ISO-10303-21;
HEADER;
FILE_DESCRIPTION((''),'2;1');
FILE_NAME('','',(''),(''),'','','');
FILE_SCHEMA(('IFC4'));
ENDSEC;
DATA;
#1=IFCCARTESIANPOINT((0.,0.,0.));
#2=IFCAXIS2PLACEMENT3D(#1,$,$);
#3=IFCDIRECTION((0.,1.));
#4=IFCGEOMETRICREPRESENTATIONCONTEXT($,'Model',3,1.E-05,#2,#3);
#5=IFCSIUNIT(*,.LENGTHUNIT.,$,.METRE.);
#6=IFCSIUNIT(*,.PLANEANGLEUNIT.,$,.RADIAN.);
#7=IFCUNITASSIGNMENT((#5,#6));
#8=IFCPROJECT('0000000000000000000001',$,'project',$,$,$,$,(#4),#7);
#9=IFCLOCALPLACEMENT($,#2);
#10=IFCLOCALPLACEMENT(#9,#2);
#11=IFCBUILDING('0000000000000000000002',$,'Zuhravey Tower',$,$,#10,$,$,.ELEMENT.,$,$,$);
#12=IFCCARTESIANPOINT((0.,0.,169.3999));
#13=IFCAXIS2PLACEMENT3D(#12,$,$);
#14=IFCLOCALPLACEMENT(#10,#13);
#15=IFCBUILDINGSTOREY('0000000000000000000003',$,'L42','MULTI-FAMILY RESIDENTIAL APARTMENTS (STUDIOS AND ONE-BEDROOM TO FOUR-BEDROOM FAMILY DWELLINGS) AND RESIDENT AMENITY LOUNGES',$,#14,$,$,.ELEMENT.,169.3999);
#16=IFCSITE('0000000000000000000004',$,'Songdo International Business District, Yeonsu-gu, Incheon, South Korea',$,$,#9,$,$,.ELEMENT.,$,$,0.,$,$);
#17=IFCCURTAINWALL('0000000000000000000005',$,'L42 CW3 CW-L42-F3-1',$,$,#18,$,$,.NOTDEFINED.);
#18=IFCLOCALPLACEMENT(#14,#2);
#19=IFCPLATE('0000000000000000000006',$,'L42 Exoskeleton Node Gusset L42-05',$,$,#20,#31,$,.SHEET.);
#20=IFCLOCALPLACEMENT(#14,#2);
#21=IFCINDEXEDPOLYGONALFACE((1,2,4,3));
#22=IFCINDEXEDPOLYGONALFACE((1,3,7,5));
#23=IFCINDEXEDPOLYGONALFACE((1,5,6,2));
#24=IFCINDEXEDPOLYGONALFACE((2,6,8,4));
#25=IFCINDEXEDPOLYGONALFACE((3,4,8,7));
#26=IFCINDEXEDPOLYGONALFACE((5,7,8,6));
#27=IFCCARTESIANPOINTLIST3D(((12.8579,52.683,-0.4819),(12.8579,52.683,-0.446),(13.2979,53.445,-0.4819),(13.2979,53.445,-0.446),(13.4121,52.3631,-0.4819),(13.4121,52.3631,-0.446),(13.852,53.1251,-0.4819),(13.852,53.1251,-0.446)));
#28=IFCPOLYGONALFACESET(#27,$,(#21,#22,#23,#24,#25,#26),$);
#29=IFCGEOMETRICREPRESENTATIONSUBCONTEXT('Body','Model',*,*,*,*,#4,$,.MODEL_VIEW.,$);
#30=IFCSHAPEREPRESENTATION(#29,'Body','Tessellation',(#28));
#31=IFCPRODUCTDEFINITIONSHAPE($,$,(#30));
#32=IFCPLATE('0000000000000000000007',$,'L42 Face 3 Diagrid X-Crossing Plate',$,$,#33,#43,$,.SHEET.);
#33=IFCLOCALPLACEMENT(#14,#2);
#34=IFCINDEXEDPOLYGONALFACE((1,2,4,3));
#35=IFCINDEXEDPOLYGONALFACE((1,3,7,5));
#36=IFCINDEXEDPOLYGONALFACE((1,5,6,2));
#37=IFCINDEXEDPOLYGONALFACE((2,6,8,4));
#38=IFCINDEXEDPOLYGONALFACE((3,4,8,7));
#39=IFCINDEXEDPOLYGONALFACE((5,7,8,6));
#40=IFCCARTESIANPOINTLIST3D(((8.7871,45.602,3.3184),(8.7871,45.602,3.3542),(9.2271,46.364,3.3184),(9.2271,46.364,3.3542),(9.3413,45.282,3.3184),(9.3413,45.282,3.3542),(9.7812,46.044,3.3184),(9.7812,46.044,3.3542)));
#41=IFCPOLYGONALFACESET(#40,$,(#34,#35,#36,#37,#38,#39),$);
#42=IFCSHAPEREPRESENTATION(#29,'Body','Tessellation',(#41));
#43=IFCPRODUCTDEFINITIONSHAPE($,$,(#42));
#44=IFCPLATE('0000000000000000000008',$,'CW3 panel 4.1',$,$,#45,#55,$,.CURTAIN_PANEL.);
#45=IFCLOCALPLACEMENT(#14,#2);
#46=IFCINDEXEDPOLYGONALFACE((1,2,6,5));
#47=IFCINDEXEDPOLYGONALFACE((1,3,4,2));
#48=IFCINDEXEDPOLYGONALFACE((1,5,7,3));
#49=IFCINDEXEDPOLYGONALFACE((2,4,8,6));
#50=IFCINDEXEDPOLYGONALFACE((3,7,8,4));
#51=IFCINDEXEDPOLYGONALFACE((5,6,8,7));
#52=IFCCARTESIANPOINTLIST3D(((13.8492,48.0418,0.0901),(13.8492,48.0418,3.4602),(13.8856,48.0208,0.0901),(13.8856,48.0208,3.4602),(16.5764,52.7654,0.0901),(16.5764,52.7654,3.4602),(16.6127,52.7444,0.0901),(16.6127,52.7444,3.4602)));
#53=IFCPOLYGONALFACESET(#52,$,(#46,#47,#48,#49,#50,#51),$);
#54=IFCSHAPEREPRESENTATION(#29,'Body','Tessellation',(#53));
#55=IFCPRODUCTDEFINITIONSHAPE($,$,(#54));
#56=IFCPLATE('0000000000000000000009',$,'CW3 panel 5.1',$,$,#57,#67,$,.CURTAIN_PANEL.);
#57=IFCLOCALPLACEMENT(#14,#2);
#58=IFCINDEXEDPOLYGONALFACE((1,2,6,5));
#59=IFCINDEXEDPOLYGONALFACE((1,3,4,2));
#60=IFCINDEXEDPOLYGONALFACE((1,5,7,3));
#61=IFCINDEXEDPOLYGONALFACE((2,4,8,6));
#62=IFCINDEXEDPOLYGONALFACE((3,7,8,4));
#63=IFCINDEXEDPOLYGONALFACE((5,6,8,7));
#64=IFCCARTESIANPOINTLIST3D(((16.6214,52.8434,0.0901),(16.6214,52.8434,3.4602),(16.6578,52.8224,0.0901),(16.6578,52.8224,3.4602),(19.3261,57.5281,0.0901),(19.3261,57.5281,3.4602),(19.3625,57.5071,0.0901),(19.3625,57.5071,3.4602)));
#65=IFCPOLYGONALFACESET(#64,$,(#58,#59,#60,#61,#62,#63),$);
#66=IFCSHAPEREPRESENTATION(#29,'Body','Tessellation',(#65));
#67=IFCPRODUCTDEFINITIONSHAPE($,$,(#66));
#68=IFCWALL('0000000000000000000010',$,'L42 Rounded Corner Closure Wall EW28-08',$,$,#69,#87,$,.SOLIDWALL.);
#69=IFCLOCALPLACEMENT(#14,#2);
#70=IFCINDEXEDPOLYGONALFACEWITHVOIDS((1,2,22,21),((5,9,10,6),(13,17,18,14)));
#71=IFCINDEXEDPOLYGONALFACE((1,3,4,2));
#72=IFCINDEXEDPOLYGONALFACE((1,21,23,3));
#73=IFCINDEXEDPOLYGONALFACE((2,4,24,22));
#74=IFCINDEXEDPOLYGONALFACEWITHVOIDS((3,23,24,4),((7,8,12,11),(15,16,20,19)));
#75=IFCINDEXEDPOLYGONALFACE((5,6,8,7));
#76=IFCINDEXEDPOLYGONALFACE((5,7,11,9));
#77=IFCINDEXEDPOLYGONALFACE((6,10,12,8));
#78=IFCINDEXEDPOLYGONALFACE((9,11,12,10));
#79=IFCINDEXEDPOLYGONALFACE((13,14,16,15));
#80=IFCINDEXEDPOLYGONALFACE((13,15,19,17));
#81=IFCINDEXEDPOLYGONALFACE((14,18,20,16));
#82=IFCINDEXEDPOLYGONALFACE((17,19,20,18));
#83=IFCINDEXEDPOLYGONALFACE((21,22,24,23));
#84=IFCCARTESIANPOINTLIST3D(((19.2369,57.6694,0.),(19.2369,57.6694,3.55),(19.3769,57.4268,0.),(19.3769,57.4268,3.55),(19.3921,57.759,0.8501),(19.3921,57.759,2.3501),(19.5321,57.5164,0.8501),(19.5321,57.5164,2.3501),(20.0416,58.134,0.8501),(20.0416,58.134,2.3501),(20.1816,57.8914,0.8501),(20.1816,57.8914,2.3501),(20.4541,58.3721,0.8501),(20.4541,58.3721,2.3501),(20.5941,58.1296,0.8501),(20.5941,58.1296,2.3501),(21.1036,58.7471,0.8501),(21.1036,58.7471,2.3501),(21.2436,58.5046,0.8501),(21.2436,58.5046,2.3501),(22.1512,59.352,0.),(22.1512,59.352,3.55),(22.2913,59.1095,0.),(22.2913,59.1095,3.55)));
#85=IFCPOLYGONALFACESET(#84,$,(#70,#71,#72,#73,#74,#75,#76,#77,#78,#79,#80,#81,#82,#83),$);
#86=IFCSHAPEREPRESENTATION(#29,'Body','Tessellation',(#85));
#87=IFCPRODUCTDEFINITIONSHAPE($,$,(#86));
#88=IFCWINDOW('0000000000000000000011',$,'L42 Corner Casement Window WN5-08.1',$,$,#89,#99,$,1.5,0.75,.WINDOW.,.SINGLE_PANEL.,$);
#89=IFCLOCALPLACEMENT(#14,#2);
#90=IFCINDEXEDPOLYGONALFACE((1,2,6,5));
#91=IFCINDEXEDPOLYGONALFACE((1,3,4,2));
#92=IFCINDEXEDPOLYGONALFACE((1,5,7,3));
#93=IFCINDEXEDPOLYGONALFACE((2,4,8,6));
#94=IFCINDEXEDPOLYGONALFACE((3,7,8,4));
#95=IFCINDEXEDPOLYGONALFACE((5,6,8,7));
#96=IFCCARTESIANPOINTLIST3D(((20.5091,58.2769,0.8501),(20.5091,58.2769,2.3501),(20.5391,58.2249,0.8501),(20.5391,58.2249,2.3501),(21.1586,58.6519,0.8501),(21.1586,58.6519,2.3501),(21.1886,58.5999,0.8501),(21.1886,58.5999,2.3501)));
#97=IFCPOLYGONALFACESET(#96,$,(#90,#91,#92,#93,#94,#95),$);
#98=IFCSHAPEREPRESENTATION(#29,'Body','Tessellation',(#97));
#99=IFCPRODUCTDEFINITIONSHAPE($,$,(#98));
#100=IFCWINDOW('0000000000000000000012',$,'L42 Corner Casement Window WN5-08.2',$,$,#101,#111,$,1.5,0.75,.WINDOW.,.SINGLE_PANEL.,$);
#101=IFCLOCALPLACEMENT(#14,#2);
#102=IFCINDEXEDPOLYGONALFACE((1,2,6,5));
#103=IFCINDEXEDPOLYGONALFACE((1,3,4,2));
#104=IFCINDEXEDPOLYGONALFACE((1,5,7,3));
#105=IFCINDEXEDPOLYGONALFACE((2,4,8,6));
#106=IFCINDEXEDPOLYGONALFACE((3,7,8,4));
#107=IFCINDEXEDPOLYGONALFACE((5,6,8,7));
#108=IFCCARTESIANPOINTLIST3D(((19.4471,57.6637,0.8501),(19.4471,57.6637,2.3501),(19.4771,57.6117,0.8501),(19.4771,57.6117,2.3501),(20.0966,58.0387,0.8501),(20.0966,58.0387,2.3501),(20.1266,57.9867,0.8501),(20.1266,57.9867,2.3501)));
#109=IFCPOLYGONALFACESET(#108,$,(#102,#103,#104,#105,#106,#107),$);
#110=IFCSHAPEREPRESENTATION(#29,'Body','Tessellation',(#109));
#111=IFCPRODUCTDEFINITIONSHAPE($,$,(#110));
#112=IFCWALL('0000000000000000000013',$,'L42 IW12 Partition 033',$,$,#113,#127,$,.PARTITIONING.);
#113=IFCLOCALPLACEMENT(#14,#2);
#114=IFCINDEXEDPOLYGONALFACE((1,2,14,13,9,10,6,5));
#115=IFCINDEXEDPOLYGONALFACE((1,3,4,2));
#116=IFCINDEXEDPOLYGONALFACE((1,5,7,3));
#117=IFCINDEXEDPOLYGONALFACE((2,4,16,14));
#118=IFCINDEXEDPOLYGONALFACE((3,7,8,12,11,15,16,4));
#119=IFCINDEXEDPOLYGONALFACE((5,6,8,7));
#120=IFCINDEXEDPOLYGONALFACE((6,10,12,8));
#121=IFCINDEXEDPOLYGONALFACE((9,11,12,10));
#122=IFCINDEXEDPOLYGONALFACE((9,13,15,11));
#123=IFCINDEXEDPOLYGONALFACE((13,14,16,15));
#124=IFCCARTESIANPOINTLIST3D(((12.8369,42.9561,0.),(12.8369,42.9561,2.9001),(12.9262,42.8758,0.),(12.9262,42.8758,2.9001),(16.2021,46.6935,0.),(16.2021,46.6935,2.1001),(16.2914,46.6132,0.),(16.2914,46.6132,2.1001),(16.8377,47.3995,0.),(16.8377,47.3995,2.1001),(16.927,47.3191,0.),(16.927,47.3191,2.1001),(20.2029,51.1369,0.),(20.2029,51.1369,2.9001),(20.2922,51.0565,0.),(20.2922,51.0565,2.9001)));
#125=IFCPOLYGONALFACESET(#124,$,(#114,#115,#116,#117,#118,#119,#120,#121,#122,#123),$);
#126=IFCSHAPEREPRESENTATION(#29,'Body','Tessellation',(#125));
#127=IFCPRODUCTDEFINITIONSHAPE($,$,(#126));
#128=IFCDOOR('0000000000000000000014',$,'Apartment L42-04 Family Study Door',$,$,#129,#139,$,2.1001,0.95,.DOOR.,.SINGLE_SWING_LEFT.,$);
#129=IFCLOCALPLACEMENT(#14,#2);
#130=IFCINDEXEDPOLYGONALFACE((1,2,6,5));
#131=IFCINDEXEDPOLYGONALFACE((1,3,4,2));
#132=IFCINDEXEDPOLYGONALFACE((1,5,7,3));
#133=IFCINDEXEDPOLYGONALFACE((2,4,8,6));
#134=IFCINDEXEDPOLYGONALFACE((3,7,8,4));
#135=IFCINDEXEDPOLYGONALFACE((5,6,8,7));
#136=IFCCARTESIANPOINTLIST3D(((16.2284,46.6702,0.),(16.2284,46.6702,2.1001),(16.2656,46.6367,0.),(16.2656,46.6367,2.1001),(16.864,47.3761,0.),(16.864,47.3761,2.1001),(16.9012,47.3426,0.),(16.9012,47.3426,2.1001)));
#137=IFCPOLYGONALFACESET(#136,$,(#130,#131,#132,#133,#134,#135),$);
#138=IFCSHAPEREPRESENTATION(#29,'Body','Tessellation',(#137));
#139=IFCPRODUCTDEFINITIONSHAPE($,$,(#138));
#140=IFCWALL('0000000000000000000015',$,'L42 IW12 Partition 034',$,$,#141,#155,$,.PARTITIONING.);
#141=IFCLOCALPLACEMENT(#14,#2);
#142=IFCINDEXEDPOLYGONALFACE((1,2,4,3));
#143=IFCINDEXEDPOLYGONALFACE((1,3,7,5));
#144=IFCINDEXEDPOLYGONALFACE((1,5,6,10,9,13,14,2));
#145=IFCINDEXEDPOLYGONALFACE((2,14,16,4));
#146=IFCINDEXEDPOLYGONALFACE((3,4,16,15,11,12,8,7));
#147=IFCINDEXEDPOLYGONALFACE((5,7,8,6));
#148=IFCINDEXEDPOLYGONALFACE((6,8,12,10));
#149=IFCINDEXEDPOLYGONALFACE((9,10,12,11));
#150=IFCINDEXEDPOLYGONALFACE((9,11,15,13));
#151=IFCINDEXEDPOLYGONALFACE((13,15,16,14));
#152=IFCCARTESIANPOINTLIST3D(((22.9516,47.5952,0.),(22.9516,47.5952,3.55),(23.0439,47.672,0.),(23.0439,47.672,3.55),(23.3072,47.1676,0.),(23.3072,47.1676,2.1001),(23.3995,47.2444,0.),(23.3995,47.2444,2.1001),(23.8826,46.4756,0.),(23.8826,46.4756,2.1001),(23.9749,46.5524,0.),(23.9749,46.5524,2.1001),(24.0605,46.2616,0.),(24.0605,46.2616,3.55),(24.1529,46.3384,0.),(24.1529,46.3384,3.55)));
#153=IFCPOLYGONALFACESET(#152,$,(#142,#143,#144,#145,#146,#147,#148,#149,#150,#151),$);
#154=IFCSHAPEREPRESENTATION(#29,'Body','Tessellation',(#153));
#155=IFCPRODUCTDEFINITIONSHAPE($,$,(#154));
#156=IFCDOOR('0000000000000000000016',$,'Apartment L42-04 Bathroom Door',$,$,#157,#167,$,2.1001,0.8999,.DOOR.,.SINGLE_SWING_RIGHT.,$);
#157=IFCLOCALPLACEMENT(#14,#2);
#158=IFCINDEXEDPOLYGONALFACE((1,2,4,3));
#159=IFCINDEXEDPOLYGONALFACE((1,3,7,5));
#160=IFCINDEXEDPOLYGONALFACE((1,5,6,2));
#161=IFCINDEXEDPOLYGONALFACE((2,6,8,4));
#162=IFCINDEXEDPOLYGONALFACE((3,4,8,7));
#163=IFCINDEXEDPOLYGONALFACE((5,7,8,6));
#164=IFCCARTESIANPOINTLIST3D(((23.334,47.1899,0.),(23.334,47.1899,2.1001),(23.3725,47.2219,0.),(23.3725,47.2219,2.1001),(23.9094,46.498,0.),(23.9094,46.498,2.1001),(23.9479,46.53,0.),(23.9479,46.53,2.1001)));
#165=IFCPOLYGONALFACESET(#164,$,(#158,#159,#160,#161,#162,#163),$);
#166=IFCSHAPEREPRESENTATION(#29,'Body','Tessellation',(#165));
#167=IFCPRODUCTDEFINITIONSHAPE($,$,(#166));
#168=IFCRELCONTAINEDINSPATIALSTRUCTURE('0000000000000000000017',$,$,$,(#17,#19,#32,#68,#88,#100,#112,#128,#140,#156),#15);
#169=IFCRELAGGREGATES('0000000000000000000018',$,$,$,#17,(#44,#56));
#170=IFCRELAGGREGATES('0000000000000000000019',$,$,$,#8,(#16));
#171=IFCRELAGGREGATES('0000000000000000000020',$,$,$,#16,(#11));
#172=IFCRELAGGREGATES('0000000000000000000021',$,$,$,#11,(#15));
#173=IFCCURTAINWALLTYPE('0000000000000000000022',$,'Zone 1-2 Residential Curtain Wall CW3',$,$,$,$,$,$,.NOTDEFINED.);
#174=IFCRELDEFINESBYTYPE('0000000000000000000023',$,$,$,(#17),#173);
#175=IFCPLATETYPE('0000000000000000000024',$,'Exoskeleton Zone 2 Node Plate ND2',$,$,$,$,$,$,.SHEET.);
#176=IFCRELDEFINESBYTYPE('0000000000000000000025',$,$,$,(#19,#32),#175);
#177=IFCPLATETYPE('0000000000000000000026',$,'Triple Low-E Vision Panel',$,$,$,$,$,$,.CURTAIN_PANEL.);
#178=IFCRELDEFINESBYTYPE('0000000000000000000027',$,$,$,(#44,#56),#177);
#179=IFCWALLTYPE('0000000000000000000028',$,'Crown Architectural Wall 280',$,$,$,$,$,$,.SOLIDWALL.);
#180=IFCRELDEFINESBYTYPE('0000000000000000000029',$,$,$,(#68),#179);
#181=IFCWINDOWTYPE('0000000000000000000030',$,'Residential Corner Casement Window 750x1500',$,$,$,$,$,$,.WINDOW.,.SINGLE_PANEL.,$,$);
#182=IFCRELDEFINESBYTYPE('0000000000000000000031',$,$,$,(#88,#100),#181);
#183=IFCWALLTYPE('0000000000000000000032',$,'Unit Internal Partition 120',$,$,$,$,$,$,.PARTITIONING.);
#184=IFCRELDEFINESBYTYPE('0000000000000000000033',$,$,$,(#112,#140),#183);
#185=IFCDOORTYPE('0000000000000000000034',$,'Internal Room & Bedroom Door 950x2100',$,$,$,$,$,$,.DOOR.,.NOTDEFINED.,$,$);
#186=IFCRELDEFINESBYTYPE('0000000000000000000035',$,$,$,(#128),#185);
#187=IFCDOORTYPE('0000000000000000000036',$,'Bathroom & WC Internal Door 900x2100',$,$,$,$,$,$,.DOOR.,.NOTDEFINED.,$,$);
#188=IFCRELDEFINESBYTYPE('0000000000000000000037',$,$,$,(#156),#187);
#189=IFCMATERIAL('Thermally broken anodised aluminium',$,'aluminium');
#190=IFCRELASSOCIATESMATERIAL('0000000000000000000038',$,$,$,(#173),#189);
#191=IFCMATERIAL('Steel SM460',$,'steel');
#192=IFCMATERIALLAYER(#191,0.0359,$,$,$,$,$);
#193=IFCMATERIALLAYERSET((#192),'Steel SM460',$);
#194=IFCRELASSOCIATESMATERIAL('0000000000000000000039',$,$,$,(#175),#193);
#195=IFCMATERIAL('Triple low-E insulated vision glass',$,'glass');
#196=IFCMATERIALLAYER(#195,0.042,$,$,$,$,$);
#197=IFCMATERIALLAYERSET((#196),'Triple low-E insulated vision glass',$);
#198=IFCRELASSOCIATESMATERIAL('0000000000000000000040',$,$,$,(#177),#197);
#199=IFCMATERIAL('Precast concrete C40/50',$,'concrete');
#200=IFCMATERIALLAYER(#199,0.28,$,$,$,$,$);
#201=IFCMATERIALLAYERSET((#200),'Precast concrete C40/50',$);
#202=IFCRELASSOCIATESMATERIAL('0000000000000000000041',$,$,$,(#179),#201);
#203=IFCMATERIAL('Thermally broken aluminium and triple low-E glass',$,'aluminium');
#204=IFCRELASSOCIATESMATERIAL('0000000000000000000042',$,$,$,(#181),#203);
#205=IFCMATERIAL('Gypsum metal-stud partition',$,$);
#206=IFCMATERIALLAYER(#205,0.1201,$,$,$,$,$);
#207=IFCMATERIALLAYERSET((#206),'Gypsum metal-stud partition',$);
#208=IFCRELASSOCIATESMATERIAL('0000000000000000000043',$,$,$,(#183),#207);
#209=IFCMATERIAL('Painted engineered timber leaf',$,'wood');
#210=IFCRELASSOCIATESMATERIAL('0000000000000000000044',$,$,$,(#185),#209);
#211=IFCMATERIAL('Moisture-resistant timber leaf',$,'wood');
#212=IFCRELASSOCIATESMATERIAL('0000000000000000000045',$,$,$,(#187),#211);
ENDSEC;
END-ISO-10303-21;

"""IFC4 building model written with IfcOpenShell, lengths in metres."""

from ifc_helpers import new_model, si_unit, direction, frame, frame_2d, origin, origin_2d, place, context, subcontext, project, spatial, rectangle, extrude, material, layer, layer_set, type_object, element, fill, aggregate, save


model = new_model("IFC4")

# Units and contexts
model_context = context("Model", 3, precision=1e-05, world=origin(), true_north=direction((0.0, 1.0)))
body_context = subcontext(model_context, "Body", "Model", "MODEL_VIEW")
ifc_project = project(units=[si_unit("LENGTHUNIT", "METRE"), si_unit("PLANEANGLEUNIT", "RADIAN")], contexts=[model_context])

# Site, building, storey
site_placement = place(None, origin())
site = spatial("IfcSite", under=ifc_project, at=site_placement, Name="Songdo International Business District, Yeonsu-gu, Incheon, South Korea", CompositionType="ELEMENT", RefElevation=0.0)
building_placement = place(site_placement, origin())
building = spatial("IfcBuilding", under=site, at=building_placement, Name="Zuhravey Tower", CompositionType="ELEMENT")
storey_placement = place(building_placement, frame((0.0, 0.0, 169.3999)))
storey = spatial("IfcBuildingStorey", under=building, at=storey_placement, Name="L42", Description="MULTI-FAMILY RESIDENTIAL APARTMENTS (STUDIOS AND ONE-BEDROOM TO FOUR-BEDROOM FAMILY DWELLINGS) AND RESIDENT AMENITY LOUNGES", CompositionType="ELEMENT", Elevation=169.3999)

# Curtain wall
ifc_material_1 = material(Name="Thermally broken anodised aluminium", Category="aluminium")
curtain_wall_type = type_object("IfcCurtainWallType", Name="Zone 1-2 Residential Curtain Wall CW3", PredefinedType="NOTDEFINED", material=ifc_material_1)
curtain_wall_1_placement = place(storey_placement, origin())
curtain_wall_1 = element("IfcCurtainWall", 1, at=curtain_wall_1_placement, inside=storey, type_object=curtain_wall_type, Name="L42 CW3 CW-L42-F3-1", PredefinedType="NOTDEFINED")

# Shared definitions
ifc_material_2 = material(Name="Steel SM460", Category="steel")

# Plates
ifc_layer_1 = layer(ifc_material_2, 0.0359)
ifc_layer_set_1 = layer_set([ifc_layer_1], Name="Steel SM460")
plate_type_1 = type_object("IfcPlateType", Name="Exoskeleton Zone 2 Node Plate ND2", PredefinedType="SHEET", material=ifc_layer_set_1)
for number, where, z_axis, x_axis, name in (
    (2, (13.355, 52.9041, -0.4819), (0.0, 0.0, 1.0), (-0.5, -0.866025, 0.0), "L42 Exoskeleton Node Gusset L42-05"),
    (3, (9.2842, 45.823, 3.3184), (0.0, 0.0, 1.0), (-0.5, -0.866025, 0.0), "L42 Face 3 Diagrid X-Crossing Plate"),
):
    element("IfcPlate", number, at=place(storey_placement, frame(where, z_axis=z_axis, x_axis=x_axis)), inside=storey, type_object=plate_type_1, Name=name, PredefinedType="SHEET", context=body_context, shape_type="SweptSolid", body=[
        extrude(rectangle(XDim=0.8799, YDim=0.6399, at=origin_2d()), origin(), (0.0, 0.0, 1.0), 0.0359),
    ])

# Plates
ifc_material_3 = material(Name="Triple low-E insulated vision glass", Category="glass")
ifc_layer_2 = layer(ifc_material_3, 0.042)
ifc_layer_set_2 = layer_set([ifc_layer_2], Name="Triple low-E insulated vision glass")
plate_type_2 = type_object("IfcPlateType", Name="Triple Low-E Vision Panel", PredefinedType="CURTAIN_PANEL", material=ifc_layer_set_2)
plate_1_placement = place(storey_placement, frame((15.231, 50.3931, 0.0901), z_axis=(0.0, 0.0, 1.0), x_axis=(0.5, 0.866025, 0.0)))
plate_1 = element("IfcPlate", 4, at=plate_1_placement, type_object=plate_type_2, Name="CW3 panel 4.1", PredefinedType="CURTAIN_PANEL", context=body_context, shape_type="SweptSolid", body=[
    extrude(rectangle(XDim=5.4543, YDim=0.042, at=origin_2d()), origin(), (0.0, 0.0, 1.0), 3.3701),
])
plate_2_placement = place(storey_placement, frame((17.9919, 55.1753, 0.0901), z_axis=(0.0, 0.0, 1.0), x_axis=(0.5, 0.866025, 0.0)))
plate_2 = element("IfcPlate", 5, at=plate_2_placement, type_object=plate_type_2, Name="CW3 panel 5.1", PredefinedType="CURTAIN_PANEL", context=body_context, shape_type="SweptSolid", body=[
    extrude(rectangle(XDim=5.4094, YDim=0.042, at=origin_2d()), origin(), (0.0, 0.0, 1.0), 3.3701),
])
aggregate(curtain_wall_1, [plate_1, plate_2])

# Wall, openings, windows
ifc_material_4 = material(Name="Precast concrete C40/50", Category="concrete")
ifc_layer_3 = layer(ifc_material_4, 0.28)
ifc_layer_set_3 = layer_set([ifc_layer_3], Name="Precast concrete C40/50")
wall_type_1 = type_object("IfcWallType", Name="Crown Architectural Wall 280", PredefinedType="SOLIDWALL", material=ifc_layer_set_3)
wall_1_placement = place(storey_placement, frame((19.3069, 57.5481, 0.0), z_axis=(0.0, 0.0, 1.0), x_axis=(0.86602, 0.500009, 0.0)))
wall_1 = element("IfcWall", 6, at=wall_1_placement, inside=storey, type_object=wall_type_1, Name="L42 Rounded Corner Closure Wall EW28-08", PredefinedType="SOLIDWALL", context=body_context, shape_type="SweptSolid", body=[
    extrude(rectangle(XDim=3.3652, YDim=0.28, at=frame_2d((1.6826, 0.0))), origin(), (0.0, 0.0, 1.0), 3.55),
])
opening_1_placement = place(wall_1_placement, frame((1.4055, 0.0, 0.8501)))
opening_1 = element("IfcOpeningElement", 7, at=opening_1_placement, cuts=wall_1, PredefinedType="OPENING", context=body_context, shape_type="SweptSolid", body=[
    extrude(rectangle(XDim=0.75, YDim=1.5, at=frame_2d((0.375, 0.75))), frame((0.0, 0.1521, 0.0), z_axis=(0.0, -1.0, 0.0), x_axis=(1.0, 0.0, 0.0)), (0.0, 0.0, 1.0), 0.304),
])
opening_2_placement = place(wall_1_placement, frame((0.1792, 0.0, 0.8501)))
opening_2 = element("IfcOpeningElement", 8, at=opening_2_placement, cuts=wall_1, PredefinedType="OPENING", context=body_context, shape_type="SweptSolid", body=[
    extrude(rectangle(XDim=0.75, YDim=1.5, at=frame_2d((0.375, 0.75))), frame((0.0, 0.1521, 0.0), z_axis=(0.0, -1.0, 0.0), x_axis=(1.0, 0.0, 0.0)), (0.0, 0.0, 1.0), 0.304),
])
ifc_material_5 = material(Name="Thermally broken aluminium and triple low-E glass", Category="aluminium")
window_type = type_object("IfcWindowType", Name="Residential Corner Casement Window 750x1500", PartitioningType="SINGLE_PANEL", PredefinedType="WINDOW", material=ifc_material_5)
window_1_placement = place(opening_1_placement, origin())
window_1 = element("IfcWindow", 9, at=window_1_placement, inside=storey, type_object=window_type, Name="L42 Corner Casement Window WN5-08.1", OverallHeight=1.5, OverallWidth=0.75, PartitioningType="SINGLE_PANEL", PredefinedType="WINDOW", context=body_context, shape_type="SweptSolid", body=[
    extrude(rectangle(XDim=0.75, YDim=1.5, at=frame_2d((0.375, 0.75))), frame((0.0, 0.03, 0.0), z_axis=(0.0, -1.0, 0.0), x_axis=(1.0, 0.0, 0.0)), (0.0, 0.0, 1.0), 0.0601),
])
fill(opening_1, window_1)
window_2_placement = place(opening_2_placement, origin())
window_2 = element("IfcWindow", 10, at=window_2_placement, inside=storey, type_object=window_type, Name="L42 Corner Casement Window WN5-08.2", OverallHeight=1.5, OverallWidth=0.75, PartitioningType="SINGLE_PANEL", PredefinedType="WINDOW", context=body_context, shape_type="SweptSolid", body=[
    extrude(rectangle(XDim=0.75, YDim=1.5, at=frame_2d((0.375, 0.75))), frame((0.0, 0.03, 0.0), z_axis=(0.0, -1.0, 0.0), x_axis=(1.0, 0.0, 0.0)), (0.0, 0.0, 1.0), 0.0601),
])
fill(opening_2, window_2)

# Walls, openings, doors
ifc_material_6 = material(Name="Gypsum metal-stud partition")
ifc_layer_4 = layer(ifc_material_6, 0.1201)
ifc_layer_set_4 = layer_set([ifc_layer_4], Name="Gypsum metal-stud partition")
wall_type_2 = type_object("IfcWallType", Name="Unit Internal Partition 120", PredefinedType="PARTITIONING", material=ifc_layer_set_4)
wall_2_placement = place(storey_placement, frame((20.2476, 51.0967, 0.0), z_axis=(0.0, 0.0, 1.0), x_axis=(-0.669134, -0.743142, 0.0)))
wall_2 = element("IfcWall", 11, at=wall_2_placement, inside=storey, type_object=wall_type_2, Name="L42 IW12 Partition 033", PredefinedType="PARTITIONING", context=body_context, shape_type="SweptSolid", body=[
    extrude(rectangle(XDim=11.0083, YDim=0.1201, at=frame_2d((5.5042, 0.0))), origin(), (0.0, 0.0, 1.0), 2.9001),
])
opening_3_placement = place(wall_2_placement, frame((5.0291, 0.0, 0.0)))
opening_3 = element("IfcOpeningElement", 12, at=opening_3_placement, cuts=wall_2, PredefinedType="OPENING", context=body_context, shape_type="SweptSolid", body=[
    extrude(rectangle(XDim=0.95, YDim=2.1001, at=frame_2d((0.4751, 1.05))), frame((0.0, 0.072, 0.0), z_axis=(0.0, -1.0, 0.0), x_axis=(1.0, 0.0, 0.0)), (0.0, 0.0, 1.0), 0.144),
])
ifc_material_7 = material(Name="Painted engineered timber leaf", Category="wood")
door_type_1 = type_object("IfcDoorType", Name="Internal Room & Bedroom Door 950x2100", OperationType="NOTDEFINED", PredefinedType="DOOR", material=ifc_material_7)
door_1_placement = place(opening_3_placement, frame((0.95, 0.0, 0.0), z_axis=(0.0, 0.0, 1.0), x_axis=(-1.0, 0.0, 0.0)))
door_1 = element("IfcDoor", 13, at=door_1_placement, inside=storey, type_object=door_type_1, Name="Apartment L42-04 Family Study Door", OperationType="SINGLE_SWING_LEFT", OverallHeight=2.1001, OverallWidth=0.95, PredefinedType="DOOR", context=body_context, shape_type="SweptSolid", body=[
    extrude(rectangle(XDim=0.95, YDim=2.1001, at=frame_2d((0.4751, 1.05))), frame((0.0, 0.0249, 0.0), z_axis=(0.0, -1.0, 0.0), x_axis=(1.0, 0.0, 0.0)), (0.0, 0.0, 1.0), 0.05),
])
fill(opening_3, door_1)
wall_3_placement = place(storey_placement, frame((24.1067, 46.3, 0.0), z_axis=(0.0, 0.0, 1.0), x_axis=(-0.639381, 0.76889, 0.0)))
wall_3 = element("IfcWall", 14, at=wall_3_placement, inside=storey, type_object=wall_type_2, Name="L42 IW12 Partition 034", PredefinedType="PARTITIONING", context=body_context, shape_type="SweptSolid", body=[
    extrude(rectangle(XDim=1.7344, YDim=0.1201, at=frame_2d((0.8672, 0.0))), origin(), (0.0, 0.0, 1.0), 3.55),
])
opening_4_placement = place(wall_3_placement, frame((0.2783, 0.0, 0.0)))
opening_4 = element("IfcOpeningElement", 15, at=opening_4_placement, cuts=wall_3, PredefinedType="OPENING", context=body_context, shape_type="SweptSolid", body=[
    extrude(rectangle(XDim=0.8999, YDim=2.1001, at=frame_2d((0.45, 1.05))), frame((0.0, 0.072, 0.0), z_axis=(0.0, -1.0, 0.0), x_axis=(1.0, 0.0, 0.0)), (0.0, 0.0, 1.0), 0.144),
])
ifc_material_8 = material(Name="Moisture-resistant timber leaf", Category="wood")
door_type_2 = type_object("IfcDoorType", Name="Bathroom & WC Internal Door 900x2100", OperationType="NOTDEFINED", PredefinedType="DOOR", material=ifc_material_8)
door_2_placement = place(opening_4_placement, frame((0.8999, 0.0, 0.0), z_axis=(0.0, 0.0, 1.0), x_axis=(-1.0, 0.0, 0.0)))
door_2 = element("IfcDoor", 16, at=door_2_placement, inside=storey, type_object=door_type_2, Name="Apartment L42-04 Bathroom Door", OperationType="SINGLE_SWING_RIGHT", OverallHeight=2.1001, OverallWidth=0.8999, PredefinedType="DOOR", context=body_context, shape_type="SweptSolid", body=[
    extrude(rectangle(XDim=0.8999, YDim=2.1001, at=frame_2d((0.45, 1.05))), frame((0.0, 0.0249, 0.0), z_axis=(0.0, -1.0, 0.0), x_axis=(1.0, 0.0, 0.0)), (0.0, 0.0, 1.0), 0.05),
])
fill(opening_4, door_2)

save(model, "model.ifc")
